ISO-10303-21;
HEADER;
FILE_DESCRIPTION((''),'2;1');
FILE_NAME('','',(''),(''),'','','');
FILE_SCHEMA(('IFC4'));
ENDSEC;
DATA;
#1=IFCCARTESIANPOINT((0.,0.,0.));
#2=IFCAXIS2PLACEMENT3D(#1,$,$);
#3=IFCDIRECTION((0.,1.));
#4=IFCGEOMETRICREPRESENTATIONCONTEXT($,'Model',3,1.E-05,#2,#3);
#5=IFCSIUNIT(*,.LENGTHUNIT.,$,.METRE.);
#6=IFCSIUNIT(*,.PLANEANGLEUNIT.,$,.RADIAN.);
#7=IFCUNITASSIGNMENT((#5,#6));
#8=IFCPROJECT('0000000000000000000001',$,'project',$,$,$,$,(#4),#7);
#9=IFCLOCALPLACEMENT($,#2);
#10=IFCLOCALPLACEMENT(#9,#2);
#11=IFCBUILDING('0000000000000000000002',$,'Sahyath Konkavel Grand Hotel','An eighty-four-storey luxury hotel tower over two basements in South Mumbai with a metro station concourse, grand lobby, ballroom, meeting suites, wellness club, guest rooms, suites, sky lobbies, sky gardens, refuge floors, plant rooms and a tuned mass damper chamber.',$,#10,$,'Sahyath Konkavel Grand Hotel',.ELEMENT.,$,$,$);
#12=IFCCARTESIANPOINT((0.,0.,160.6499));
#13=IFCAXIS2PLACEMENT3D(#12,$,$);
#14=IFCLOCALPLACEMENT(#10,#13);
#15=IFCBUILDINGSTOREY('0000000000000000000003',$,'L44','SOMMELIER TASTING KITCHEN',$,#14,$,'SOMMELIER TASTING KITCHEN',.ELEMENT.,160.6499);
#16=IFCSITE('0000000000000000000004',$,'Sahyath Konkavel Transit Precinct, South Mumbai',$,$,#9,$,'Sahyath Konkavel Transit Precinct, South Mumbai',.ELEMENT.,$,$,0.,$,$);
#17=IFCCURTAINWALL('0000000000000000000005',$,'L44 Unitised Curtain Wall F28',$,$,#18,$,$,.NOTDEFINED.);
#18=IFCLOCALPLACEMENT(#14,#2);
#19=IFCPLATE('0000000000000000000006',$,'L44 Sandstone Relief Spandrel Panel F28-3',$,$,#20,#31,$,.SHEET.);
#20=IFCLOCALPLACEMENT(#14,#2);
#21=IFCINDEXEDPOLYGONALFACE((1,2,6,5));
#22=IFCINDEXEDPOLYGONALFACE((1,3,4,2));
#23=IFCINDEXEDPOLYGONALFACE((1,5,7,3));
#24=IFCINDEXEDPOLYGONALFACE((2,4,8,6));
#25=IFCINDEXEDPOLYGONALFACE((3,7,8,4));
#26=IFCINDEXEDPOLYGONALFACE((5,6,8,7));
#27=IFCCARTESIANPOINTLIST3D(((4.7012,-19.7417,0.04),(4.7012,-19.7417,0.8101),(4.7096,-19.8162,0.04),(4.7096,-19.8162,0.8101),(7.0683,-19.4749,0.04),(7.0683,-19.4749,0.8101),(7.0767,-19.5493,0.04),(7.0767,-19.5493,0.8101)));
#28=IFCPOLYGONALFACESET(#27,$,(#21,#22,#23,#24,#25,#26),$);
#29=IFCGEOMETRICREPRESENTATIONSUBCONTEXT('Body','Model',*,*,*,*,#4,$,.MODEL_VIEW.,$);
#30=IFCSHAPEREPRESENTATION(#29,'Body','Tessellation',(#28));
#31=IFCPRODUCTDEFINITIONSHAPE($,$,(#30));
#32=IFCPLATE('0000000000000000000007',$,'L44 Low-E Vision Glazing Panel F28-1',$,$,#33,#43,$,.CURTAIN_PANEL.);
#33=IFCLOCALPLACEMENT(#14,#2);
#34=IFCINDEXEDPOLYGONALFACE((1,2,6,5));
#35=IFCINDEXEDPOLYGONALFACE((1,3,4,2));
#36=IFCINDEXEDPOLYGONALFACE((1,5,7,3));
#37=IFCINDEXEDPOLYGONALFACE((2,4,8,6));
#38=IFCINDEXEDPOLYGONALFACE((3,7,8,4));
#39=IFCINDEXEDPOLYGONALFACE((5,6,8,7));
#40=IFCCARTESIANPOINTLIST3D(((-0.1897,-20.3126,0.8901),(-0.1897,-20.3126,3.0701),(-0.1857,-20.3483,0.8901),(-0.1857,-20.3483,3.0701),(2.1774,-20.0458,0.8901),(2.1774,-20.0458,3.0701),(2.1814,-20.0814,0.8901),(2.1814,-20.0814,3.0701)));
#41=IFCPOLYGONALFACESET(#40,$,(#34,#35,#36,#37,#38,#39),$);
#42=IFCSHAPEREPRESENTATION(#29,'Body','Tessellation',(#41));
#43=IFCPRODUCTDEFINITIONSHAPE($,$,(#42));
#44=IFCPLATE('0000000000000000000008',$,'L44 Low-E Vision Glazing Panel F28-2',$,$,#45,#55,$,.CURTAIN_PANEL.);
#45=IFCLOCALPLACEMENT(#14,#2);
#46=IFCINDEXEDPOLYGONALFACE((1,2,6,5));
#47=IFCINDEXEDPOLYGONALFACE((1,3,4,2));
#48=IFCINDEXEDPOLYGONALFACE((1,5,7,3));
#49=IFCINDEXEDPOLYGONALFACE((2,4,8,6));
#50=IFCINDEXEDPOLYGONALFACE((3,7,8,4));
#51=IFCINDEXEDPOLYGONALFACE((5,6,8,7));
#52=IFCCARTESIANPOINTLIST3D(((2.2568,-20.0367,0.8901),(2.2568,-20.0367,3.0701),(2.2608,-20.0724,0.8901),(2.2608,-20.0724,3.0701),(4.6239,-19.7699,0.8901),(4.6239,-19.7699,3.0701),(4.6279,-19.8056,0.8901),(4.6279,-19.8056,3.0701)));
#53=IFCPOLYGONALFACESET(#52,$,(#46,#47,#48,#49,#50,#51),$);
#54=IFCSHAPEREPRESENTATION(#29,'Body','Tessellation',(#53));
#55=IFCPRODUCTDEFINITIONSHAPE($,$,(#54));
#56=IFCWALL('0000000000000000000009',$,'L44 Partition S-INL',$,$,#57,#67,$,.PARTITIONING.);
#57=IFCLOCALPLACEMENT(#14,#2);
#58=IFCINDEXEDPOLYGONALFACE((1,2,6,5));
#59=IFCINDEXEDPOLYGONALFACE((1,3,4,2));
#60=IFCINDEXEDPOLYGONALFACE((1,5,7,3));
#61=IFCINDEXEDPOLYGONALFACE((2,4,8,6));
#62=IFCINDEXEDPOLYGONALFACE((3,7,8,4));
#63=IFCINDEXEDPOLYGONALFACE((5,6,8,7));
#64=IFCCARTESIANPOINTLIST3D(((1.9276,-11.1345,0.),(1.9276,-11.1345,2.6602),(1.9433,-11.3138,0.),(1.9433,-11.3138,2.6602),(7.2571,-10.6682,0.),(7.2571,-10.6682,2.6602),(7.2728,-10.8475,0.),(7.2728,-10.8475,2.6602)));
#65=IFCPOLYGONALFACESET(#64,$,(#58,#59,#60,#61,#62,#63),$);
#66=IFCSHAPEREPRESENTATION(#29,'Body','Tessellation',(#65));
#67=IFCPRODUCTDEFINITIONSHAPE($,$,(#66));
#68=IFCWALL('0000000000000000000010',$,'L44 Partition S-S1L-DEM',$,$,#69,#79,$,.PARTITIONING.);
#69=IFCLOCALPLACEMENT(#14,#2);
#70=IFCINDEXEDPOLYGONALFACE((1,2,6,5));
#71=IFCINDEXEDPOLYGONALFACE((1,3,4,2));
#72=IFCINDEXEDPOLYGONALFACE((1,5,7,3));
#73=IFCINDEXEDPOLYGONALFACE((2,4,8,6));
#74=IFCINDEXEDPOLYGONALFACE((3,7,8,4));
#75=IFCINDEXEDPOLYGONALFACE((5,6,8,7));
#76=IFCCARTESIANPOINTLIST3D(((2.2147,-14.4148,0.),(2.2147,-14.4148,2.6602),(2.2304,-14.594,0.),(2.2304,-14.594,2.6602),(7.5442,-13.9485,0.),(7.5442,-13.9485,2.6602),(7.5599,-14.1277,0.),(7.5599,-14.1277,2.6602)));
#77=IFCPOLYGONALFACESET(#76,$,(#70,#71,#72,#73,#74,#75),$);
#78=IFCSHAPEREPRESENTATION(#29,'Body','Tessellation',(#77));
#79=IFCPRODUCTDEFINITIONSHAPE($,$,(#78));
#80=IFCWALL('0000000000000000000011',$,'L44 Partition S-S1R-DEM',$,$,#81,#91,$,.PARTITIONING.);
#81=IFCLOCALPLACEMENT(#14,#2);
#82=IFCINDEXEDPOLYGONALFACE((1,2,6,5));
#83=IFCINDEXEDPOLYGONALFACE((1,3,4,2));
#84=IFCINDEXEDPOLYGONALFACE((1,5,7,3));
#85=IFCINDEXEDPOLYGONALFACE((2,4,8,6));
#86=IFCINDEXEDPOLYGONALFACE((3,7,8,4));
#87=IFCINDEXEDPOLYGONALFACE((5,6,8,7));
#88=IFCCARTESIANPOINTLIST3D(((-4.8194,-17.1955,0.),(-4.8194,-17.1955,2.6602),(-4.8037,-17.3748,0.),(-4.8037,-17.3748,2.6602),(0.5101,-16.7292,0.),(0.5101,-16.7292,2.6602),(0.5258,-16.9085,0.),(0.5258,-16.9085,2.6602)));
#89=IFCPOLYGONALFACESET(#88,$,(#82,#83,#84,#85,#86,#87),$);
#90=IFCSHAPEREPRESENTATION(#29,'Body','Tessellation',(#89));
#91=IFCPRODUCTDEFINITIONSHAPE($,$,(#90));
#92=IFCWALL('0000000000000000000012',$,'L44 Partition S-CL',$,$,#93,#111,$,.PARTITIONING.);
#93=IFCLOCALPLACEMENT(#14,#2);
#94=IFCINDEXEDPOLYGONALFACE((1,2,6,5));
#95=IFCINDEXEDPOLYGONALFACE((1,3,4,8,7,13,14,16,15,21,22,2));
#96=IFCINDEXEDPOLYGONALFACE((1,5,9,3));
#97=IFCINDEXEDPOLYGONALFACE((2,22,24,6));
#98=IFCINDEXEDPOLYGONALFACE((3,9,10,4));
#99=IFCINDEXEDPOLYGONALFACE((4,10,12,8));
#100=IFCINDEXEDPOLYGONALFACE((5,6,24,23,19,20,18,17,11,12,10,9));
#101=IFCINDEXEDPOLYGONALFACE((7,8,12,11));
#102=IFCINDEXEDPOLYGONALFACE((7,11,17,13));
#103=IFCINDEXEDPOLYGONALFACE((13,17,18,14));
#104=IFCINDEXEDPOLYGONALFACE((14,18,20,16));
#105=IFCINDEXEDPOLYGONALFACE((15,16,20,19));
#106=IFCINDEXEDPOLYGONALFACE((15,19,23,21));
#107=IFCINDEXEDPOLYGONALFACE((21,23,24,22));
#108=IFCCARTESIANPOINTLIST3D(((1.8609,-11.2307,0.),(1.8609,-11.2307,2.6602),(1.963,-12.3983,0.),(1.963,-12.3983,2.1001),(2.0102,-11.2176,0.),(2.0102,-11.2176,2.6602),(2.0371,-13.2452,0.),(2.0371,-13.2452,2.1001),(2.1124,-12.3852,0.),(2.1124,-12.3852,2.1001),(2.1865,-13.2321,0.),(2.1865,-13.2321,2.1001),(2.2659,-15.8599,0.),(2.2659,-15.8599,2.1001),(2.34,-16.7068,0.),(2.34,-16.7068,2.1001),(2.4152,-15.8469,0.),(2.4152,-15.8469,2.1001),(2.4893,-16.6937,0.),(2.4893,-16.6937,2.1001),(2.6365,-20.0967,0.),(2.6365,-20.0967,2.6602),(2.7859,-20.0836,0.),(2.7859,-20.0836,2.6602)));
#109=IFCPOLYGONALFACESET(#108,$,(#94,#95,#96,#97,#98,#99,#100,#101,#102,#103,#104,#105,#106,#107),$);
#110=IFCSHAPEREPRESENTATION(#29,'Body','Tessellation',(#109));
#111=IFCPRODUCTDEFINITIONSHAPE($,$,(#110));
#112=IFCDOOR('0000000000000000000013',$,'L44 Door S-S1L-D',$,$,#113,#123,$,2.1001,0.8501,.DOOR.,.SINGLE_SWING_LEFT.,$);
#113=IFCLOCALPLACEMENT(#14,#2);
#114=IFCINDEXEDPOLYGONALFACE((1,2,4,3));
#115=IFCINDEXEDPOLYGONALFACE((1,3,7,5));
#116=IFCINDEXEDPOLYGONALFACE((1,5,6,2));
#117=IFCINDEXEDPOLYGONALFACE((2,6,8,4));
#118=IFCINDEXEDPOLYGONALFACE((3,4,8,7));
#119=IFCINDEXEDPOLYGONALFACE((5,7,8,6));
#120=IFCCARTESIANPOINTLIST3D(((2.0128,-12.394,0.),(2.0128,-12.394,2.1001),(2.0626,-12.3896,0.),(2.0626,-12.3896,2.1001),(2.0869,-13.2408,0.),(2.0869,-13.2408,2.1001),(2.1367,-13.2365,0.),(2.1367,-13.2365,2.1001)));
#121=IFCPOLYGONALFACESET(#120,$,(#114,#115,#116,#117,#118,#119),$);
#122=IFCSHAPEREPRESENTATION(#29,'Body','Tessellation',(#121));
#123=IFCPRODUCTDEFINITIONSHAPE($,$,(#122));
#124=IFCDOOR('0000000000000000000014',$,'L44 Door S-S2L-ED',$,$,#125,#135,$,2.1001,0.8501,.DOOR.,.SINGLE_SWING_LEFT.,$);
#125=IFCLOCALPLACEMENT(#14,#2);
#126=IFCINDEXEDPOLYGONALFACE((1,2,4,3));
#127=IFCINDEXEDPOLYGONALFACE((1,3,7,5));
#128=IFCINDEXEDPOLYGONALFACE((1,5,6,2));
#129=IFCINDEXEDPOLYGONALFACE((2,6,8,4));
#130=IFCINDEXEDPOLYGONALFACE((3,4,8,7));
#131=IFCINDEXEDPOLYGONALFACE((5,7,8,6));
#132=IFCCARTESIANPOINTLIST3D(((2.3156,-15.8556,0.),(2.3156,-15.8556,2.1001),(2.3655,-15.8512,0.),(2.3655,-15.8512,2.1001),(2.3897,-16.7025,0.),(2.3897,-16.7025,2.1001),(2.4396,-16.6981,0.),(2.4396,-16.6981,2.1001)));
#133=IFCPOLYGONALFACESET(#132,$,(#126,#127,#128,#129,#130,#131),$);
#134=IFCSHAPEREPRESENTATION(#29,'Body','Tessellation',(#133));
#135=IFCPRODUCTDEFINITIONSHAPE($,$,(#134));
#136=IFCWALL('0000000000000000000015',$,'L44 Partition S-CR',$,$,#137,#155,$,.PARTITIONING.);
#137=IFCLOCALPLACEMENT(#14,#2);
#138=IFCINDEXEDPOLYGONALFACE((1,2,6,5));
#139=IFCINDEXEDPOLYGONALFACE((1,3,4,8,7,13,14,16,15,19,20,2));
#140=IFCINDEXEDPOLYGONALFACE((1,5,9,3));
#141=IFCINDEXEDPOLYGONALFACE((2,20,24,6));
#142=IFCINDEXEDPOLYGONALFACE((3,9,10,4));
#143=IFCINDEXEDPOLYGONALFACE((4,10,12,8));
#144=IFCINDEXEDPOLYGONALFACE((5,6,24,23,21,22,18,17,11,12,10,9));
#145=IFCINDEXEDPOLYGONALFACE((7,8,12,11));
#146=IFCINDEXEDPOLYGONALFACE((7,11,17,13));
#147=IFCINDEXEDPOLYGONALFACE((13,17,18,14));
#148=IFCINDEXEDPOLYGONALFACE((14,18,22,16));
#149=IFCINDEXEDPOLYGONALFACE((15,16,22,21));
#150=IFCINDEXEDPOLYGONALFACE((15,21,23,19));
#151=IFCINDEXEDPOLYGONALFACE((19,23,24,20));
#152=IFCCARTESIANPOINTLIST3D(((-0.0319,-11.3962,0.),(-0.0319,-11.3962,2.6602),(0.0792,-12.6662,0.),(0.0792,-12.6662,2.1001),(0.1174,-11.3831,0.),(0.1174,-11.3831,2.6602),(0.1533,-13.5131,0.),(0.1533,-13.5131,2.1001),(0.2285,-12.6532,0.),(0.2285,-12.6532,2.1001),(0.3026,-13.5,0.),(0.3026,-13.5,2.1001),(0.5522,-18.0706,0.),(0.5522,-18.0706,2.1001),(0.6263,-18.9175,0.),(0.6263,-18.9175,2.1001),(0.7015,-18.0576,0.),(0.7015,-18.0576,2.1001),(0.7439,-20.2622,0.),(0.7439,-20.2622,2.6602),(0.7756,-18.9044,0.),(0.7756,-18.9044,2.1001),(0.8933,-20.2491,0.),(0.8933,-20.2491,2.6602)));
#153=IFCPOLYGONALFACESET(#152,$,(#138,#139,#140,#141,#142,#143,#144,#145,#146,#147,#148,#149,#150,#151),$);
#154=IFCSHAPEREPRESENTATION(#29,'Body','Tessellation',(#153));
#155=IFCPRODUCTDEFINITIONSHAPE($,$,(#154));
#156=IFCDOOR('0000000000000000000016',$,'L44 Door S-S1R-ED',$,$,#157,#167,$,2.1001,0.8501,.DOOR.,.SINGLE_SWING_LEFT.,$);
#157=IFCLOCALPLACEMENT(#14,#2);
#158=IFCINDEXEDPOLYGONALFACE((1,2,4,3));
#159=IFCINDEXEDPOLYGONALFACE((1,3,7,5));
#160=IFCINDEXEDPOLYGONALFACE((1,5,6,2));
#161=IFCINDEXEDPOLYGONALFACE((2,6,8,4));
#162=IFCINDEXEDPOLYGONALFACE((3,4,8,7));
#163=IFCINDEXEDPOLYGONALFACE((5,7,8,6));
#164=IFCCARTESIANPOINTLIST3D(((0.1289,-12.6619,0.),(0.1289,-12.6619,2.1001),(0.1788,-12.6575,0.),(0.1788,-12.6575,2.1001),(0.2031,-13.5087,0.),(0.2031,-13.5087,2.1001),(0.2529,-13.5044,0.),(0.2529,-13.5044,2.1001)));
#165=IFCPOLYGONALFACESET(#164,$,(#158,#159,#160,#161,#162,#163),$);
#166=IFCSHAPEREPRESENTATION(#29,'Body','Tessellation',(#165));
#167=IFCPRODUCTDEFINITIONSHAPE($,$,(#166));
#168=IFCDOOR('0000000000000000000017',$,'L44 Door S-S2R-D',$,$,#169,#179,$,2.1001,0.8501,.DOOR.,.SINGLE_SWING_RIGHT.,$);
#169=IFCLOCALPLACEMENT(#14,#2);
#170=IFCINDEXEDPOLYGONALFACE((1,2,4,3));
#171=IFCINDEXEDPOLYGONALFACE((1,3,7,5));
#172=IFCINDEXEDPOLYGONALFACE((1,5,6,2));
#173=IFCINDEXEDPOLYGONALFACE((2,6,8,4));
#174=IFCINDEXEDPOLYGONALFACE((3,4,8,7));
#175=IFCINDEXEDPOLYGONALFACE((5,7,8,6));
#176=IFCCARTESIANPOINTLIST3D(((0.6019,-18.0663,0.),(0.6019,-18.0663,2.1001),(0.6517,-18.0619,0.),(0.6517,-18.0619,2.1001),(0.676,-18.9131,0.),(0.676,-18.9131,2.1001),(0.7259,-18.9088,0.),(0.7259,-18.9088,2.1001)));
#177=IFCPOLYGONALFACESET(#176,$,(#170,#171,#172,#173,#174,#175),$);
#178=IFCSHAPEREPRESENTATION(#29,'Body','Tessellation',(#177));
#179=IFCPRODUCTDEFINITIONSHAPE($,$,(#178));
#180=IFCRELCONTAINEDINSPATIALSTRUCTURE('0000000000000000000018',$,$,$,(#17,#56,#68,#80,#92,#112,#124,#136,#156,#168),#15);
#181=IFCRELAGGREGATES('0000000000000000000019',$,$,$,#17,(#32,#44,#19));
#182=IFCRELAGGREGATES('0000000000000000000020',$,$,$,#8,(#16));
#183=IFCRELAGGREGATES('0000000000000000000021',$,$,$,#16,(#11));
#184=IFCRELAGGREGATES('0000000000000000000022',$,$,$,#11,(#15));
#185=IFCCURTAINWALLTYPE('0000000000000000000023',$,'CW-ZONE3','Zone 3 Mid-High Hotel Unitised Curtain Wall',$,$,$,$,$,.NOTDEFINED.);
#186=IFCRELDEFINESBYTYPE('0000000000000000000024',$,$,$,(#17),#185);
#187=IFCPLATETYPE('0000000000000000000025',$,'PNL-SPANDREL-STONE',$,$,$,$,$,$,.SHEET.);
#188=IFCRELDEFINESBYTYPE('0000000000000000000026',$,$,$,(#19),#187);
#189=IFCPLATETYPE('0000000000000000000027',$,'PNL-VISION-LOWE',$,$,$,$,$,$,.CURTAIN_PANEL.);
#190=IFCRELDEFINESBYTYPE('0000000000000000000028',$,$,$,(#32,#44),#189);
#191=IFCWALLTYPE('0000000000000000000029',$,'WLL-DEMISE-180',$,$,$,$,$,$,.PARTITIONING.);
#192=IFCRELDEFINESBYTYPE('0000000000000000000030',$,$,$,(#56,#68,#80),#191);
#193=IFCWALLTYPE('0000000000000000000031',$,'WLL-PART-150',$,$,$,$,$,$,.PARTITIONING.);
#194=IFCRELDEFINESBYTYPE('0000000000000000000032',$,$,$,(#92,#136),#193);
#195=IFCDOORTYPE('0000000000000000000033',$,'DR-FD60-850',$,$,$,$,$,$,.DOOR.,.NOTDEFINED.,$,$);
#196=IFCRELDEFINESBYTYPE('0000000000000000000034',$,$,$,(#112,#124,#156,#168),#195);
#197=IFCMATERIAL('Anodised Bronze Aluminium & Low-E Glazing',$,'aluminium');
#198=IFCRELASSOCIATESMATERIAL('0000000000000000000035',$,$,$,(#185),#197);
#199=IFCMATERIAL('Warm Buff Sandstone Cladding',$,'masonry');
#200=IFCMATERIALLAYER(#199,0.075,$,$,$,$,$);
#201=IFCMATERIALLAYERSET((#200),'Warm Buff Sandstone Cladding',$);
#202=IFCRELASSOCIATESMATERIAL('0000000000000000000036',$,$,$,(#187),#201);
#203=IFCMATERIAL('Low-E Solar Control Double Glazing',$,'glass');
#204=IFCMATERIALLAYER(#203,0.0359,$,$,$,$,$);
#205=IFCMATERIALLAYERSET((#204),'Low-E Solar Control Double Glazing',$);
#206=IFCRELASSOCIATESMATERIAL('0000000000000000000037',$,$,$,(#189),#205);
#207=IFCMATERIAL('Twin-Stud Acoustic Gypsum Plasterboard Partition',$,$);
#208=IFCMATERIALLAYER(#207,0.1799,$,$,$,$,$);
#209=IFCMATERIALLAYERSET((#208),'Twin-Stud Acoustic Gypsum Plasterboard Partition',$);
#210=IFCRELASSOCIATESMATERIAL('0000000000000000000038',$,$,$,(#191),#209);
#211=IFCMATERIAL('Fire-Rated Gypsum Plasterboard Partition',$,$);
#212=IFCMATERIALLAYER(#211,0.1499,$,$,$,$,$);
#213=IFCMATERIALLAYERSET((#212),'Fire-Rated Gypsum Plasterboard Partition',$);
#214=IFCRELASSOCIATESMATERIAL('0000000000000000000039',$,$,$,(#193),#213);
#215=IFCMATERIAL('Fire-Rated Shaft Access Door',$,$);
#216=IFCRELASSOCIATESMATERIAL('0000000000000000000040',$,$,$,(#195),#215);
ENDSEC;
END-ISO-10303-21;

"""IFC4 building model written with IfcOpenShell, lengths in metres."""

from ifc_helpers import new_model, si_unit, direction, frame, frame_2d, origin, origin_2d, place, context, subcontext, project, spatial, rectangle, extrude, source, transform, mapped, material, layer, layer_set, type_object, element, fill, aggregate, save


model = new_model("IFC4")

# Units and contexts
model_context = context("Model", 3, precision=1e-05, world=origin(), true_north=direction((0.0, 1.0)))
body_context = subcontext(model_context, "Body", "Model", "MODEL_VIEW")
ifc_project = project(units=[si_unit("LENGTHUNIT", "METRE"), si_unit("PLANEANGLEUNIT", "RADIAN")], contexts=[model_context])

# Site, building, storey
site_placement = place(None, origin())
site = spatial("IfcSite", under=ifc_project, at=site_placement, Name="Sahyath Konkavel Transit Precinct, South Mumbai", LongName="Sahyath Konkavel Transit Precinct, South Mumbai", CompositionType="ELEMENT", RefElevation=0.0)
building_placement = place(site_placement, origin())
building = spatial("IfcBuilding", under=site, at=building_placement, Name="Sahyath Konkavel Grand Hotel", Description="An eighty-four-storey luxury hotel tower over two basements in South Mumbai with a metro station concourse, grand lobby, ballroom, meeting suites, wellness club, guest rooms, suites, sky lobbies, sky gardens, refuge floors, plant rooms and a tuned mass damper chamber.", LongName="Sahyath Konkavel Grand Hotel", CompositionType="ELEMENT")
storey_placement = place(building_placement, frame((0.0, 0.0, 160.6499)))
storey = spatial("IfcBuildingStorey", under=building, at=storey_placement, Name="L44", Description="SOMMELIER TASTING KITCHEN", LongName="SOMMELIER TASTING KITCHEN", CompositionType="ELEMENT", Elevation=160.6499)

# Curtain wall
ifc_material_1 = material(Name="Anodised Bronze Aluminium & Low-E Glazing", Category="aluminium")
curtain_wall_type = type_object("IfcCurtainWallType", Name="CW-ZONE3", Description="Zone 3 Mid-High Hotel Unitised Curtain Wall", PredefinedType="NOTDEFINED", material=ifc_material_1)
curtain_wall_placement = place(storey_placement, origin())
curtain_wall = element("IfcCurtainWall", 1, at=curtain_wall_placement, inside=storey, type_object=curtain_wall_type, Name="L44 Unitised Curtain Wall F28", PredefinedType="NOTDEFINED")

# Plates
ifc_material_2 = material(Name="Warm Buff Sandstone Cladding", Category="masonry")
ifc_layer_1 = layer(ifc_material_2, 0.075)
ifc_layer_set_1 = layer_set([ifc_layer_1], Name="Warm Buff Sandstone Cladding")
plate_type_1 = type_object("IfcPlateType", Name="PNL-SPANDREL-STONE", PredefinedType="SHEET", material=ifc_layer_set_1)
shared_shape_1 = source(origin(), body_context, "Body", "SweptSolid", [
    extrude(rectangle(XDim=2.3821, YDim=0.075, at=origin_2d()), origin(), (0.0, 0.0, 1.0), 0.77),
])
plate_1_placement = place(storey_placement, frame((5.8889, -19.6455, 0.04), z_axis=(0.0, 0.0, 1.0), x_axis=(0.993707, 0.112007, 0.0)))
plate_1 = element("IfcPlate", 2, at=plate_1_placement, type_object=plate_type_1, Name="L44 Sandstone Relief Spandrel Panel F28-3", PredefinedType="SHEET", context=body_context, shape_type="MappedRepresentation", body=[
    mapped(shared_shape_1, transform((0.0, 0.0, 0.0), scale=1.0)),
])
ifc_material_3 = material(Name="Low-E Solar Control Double Glazing", Category="glass")
ifc_layer_2 = layer(ifc_material_3, 0.0359)
ifc_layer_set_2 = layer_set([ifc_layer_2], Name="Low-E Solar Control Double Glazing")
plate_type_2 = type_object("IfcPlateType", Name="PNL-VISION-LOWE", PredefinedType="CURTAIN_PANEL", material=ifc_layer_set_2)
shared_shape_2 = source(origin(), body_context, "Body", "SweptSolid", [
    extrude(rectangle(XDim=2.3821, YDim=0.0359, at=origin_2d()), origin(), (0.0, 0.0, 1.0), 2.1799),
])
plate_2_placement = place(storey_placement, frame((0.9958, -20.197, 0.8901), z_axis=(0.0, 0.0, 1.0), x_axis=(0.993707, 0.112007, 0.0)))
plate_2 = element("IfcPlate", 3, at=plate_2_placement, type_object=plate_type_2, Name="L44 Low-E Vision Glazing Panel F28-1", PredefinedType="CURTAIN_PANEL", context=body_context, shape_type="MappedRepresentation", body=[
    mapped(shared_shape_2, transform((0.0, 0.0, 0.0), scale=1.0)),
])
plate_3_placement = place(storey_placement, frame((3.4424, -19.9211, 0.8901), z_axis=(0.0, 0.0, 1.0), x_axis=(0.993707, 0.112007, 0.0)))
plate_3 = element("IfcPlate", 4, at=plate_3_placement, type_object=plate_type_2, Name="L44 Low-E Vision Glazing Panel F28-2", PredefinedType="CURTAIN_PANEL", context=body_context, shape_type="MappedRepresentation", body=[
    mapped(shared_shape_2, transform((0.0, 0.0, 0.0), scale=1.0)),
])
aggregate(curtain_wall, [plate_2, plate_3, plate_1])

# Walls
ifc_material_4 = material(Name="Twin-Stud Acoustic Gypsum Plasterboard Partition")
ifc_layer_3 = layer(ifc_material_4, 0.1799)
ifc_layer_set_3 = layer_set([ifc_layer_3], Name="Twin-Stud Acoustic Gypsum Plasterboard Partition")
wall_type_1 = type_object("IfcWallType", Name="WLL-DEMISE-180", PredefinedType="PARTITIONING", material=ifc_layer_set_3)
for number, where, z_axis, x_axis, name in (
    (5, (1.9355, -11.2241, 0.0), (0.0, 0.0, 1.0), (0.996194, 0.087161, 0.0), "L44 Partition S-INL"),
    (6, (2.2227, -14.5044, 0.0), (0.0, 0.0, 1.0), (0.996194, 0.087161, 0.0), "L44 Partition S-S1L-DEM"),
    (7, (0.5178, -16.8188, 0.0), (0.0, 0.0, 1.0), (-0.996194, -0.087161, 0.0), "L44 Partition S-S1R-DEM"),
):
    element("IfcWall", number, at=place(storey_placement, frame(where, z_axis=z_axis, x_axis=x_axis)), inside=storey, type_object=wall_type_1, Name=name, PredefinedType="PARTITIONING", context=body_context, shape_type="SweptSolid", body=[
        extrude(rectangle(XDim=5.3499, YDim=0.1799, at=frame_2d((2.6748, 0.0))), origin(), (0.0, 0.0, 1.0), 2.6602),
    ])

# Walls, openings, doors
ifc_material_5 = material(Name="Fire-Rated Gypsum Plasterboard Partition")
ifc_layer_4 = layer(ifc_material_5, 0.1499)
ifc_layer_set_4 = layer_set([ifc_layer_4], Name="Fire-Rated Gypsum Plasterboard Partition")
wall_type_2 = type_object("IfcWallType", Name="WLL-PART-150", PredefinedType="PARTITIONING", material=ifc_layer_set_4)
wall_1_placement = place(storey_placement, frame((1.9355, -11.2241, 0.0), z_axis=(0.0, 0.0, 1.0), x_axis=(0.087152, -0.996195, 0.0)))
wall_1 = element("IfcWall", 8, at=wall_1_placement, inside=storey, type_object=wall_type_2, Name="L44 Partition S-CL", PredefinedType="PARTITIONING", context=body_context, shape_type="SweptSolid", body=[
    extrude(rectangle(XDim=8.8999, YDim=0.1499, at=frame_2d((4.45, 0.0))), origin(), (0.0, 0.0, 1.0), 2.6602),
])
opening_1_placement = place(wall_1_placement, frame((1.1721, 0.0, 0.0)))
opening_1 = element("IfcOpeningElement", 9, at=opening_1_placement, cuts=wall_1, PredefinedType="OPENING", context=body_context, shape_type="SweptSolid", body=[
    extrude(rectangle(XDim=0.8501, YDim=2.1001, at=frame_2d((0.425, 1.05))), frame((0.0, 0.085, 0.0), z_axis=(0.0, -1.0, 0.0), x_axis=(1.0, 0.0, 0.0)), (0.0, 0.0, 1.0), 0.1699),
])
opening_2_placement = place(wall_1_placement, frame((4.647, 0.0, 0.0)))
opening_2 = element("IfcOpeningElement", 10, at=opening_2_placement, cuts=wall_1, PredefinedType="OPENING", context=body_context, shape_type="SweptSolid", body=[
    extrude(rectangle(XDim=0.8501, YDim=2.1001, at=frame_2d((0.425, 1.05))), frame((0.0, 0.085, 0.0), z_axis=(0.0, -1.0, 0.0), x_axis=(1.0, 0.0, 0.0)), (0.0, 0.0, 1.0), 0.1699),
])
ifc_material_6 = material(Name="Fire-Rated Shaft Access Door")
door_type_1 = type_object("IfcDoorType", Name="DR-FD60-850", OperationType="NOTDEFINED", PredefinedType="DOOR", material=ifc_material_6)
shared_shape_3 = source(origin(), body_context, "Body", "SweptSolid", [
    extrude(rectangle(XDim=0.8501, YDim=0.05, at=origin_2d()), origin(), (0.0, 0.0, 1.0), 2.1001),
])
door_1_placement = place(opening_1_placement, frame((0.425, 0.0, 0.0)))
door_1 = element("IfcDoor", 11, at=door_1_placement, inside=storey, type_object=door_type_1, Name="L44 Door S-S1L-D", OperationType="SINGLE_SWING_LEFT", OverallHeight=2.1001, OverallWidth=0.8501, PredefinedType="DOOR", context=body_context, shape_type="MappedRepresentation", body=[
    mapped(shared_shape_3, transform((0.0, 0.0, 0.0), scale=1.0)),
])
fill(opening_1, door_1)
door_2_placement = place(opening_2_placement, frame((0.425, 0.0, 0.0)))
door_2 = element("IfcDoor", 12, at=door_2_placement, inside=storey, type_object=door_type_1, Name="L44 Door S-S2L-ED", OperationType="SINGLE_SWING_LEFT", OverallHeight=2.1001, OverallWidth=0.8501, PredefinedType="DOOR", context=body_context, shape_type="MappedRepresentation", body=[
    mapped(shared_shape_3, transform((0.0, 0.0, 0.0), scale=1.0)),
])
fill(opening_2, door_2)
wall_2_placement = place(storey_placement, frame((0.0427, -11.3896, 0.0), z_axis=(0.0, 0.0, 1.0), x_axis=(0.087179, -0.996193, 0.0)))
wall_2 = element("IfcWall", 13, at=wall_2_placement, inside=storey, type_object=wall_type_2, Name="L44 Partition S-CR", PredefinedType="PARTITIONING", context=body_context, shape_type="SweptSolid", body=[
    extrude(rectangle(XDim=8.8999, YDim=0.1499, at=frame_2d((4.45, 0.0))), origin(), (0.0, 0.0, 1.0), 2.6602),
])
opening_3_placement = place(wall_2_placement, frame((1.2749, 0.0, 0.0)))
opening_3 = element("IfcOpeningElement", 14, at=opening_3_placement, cuts=wall_2, PredefinedType="OPENING", context=body_context, shape_type="SweptSolid", body=[
    extrude(rectangle(XDim=0.8501, YDim=2.1001, at=frame_2d((0.425, 1.05))), frame((0.0, 0.085, 0.0), z_axis=(0.0, -1.0, 0.0), x_axis=(1.0, 0.0, 0.0)), (0.0, 0.0, 1.0), 0.1699),
])
opening_4_placement = place(wall_2_placement, frame((6.7, 0.0, 0.0)))
opening_4 = element("IfcOpeningElement", 15, at=opening_4_placement, cuts=wall_2, PredefinedType="OPENING", context=body_context, shape_type="SweptSolid", body=[
    extrude(rectangle(XDim=0.8501, YDim=2.1001, at=frame_2d((0.425, 1.05))), frame((0.0, 0.085, 0.0), z_axis=(0.0, -1.0, 0.0), x_axis=(1.0, 0.0, 0.0)), (0.0, 0.0, 1.0), 0.1699),
])
door_3_placement = place(opening_3_placement, frame((0.425, 0.0, 0.0)))
door_3 = element("IfcDoor", 16, at=door_3_placement, inside=storey, type_object=door_type_1, Name="L44 Door S-S1R-ED", OperationType="SINGLE_SWING_LEFT", OverallHeight=2.1001, OverallWidth=0.8501, PredefinedType="DOOR", context=body_context, shape_type="MappedRepresentation", body=[
    mapped(shared_shape_3, transform((0.0, 0.0, 0.0), scale=1.0)),
])
fill(opening_3, door_3)
door_4_placement = place(opening_4_placement, frame((0.425, 0.0, 0.0)))
door_4 = element("IfcDoor", 17, at=door_4_placement, inside=storey, type_object=door_type_1, Name="L44 Door S-S2R-D", OperationType="SINGLE_SWING_RIGHT", OverallHeight=2.1001, OverallWidth=0.8501, PredefinedType="DOOR", context=body_context, shape_type="MappedRepresentation", body=[
    mapped(shared_shape_3, transform((0.0, 0.0, 0.0), scale=1.0)),
])
fill(opening_4, door_4)

save(model, "model.ifc")
